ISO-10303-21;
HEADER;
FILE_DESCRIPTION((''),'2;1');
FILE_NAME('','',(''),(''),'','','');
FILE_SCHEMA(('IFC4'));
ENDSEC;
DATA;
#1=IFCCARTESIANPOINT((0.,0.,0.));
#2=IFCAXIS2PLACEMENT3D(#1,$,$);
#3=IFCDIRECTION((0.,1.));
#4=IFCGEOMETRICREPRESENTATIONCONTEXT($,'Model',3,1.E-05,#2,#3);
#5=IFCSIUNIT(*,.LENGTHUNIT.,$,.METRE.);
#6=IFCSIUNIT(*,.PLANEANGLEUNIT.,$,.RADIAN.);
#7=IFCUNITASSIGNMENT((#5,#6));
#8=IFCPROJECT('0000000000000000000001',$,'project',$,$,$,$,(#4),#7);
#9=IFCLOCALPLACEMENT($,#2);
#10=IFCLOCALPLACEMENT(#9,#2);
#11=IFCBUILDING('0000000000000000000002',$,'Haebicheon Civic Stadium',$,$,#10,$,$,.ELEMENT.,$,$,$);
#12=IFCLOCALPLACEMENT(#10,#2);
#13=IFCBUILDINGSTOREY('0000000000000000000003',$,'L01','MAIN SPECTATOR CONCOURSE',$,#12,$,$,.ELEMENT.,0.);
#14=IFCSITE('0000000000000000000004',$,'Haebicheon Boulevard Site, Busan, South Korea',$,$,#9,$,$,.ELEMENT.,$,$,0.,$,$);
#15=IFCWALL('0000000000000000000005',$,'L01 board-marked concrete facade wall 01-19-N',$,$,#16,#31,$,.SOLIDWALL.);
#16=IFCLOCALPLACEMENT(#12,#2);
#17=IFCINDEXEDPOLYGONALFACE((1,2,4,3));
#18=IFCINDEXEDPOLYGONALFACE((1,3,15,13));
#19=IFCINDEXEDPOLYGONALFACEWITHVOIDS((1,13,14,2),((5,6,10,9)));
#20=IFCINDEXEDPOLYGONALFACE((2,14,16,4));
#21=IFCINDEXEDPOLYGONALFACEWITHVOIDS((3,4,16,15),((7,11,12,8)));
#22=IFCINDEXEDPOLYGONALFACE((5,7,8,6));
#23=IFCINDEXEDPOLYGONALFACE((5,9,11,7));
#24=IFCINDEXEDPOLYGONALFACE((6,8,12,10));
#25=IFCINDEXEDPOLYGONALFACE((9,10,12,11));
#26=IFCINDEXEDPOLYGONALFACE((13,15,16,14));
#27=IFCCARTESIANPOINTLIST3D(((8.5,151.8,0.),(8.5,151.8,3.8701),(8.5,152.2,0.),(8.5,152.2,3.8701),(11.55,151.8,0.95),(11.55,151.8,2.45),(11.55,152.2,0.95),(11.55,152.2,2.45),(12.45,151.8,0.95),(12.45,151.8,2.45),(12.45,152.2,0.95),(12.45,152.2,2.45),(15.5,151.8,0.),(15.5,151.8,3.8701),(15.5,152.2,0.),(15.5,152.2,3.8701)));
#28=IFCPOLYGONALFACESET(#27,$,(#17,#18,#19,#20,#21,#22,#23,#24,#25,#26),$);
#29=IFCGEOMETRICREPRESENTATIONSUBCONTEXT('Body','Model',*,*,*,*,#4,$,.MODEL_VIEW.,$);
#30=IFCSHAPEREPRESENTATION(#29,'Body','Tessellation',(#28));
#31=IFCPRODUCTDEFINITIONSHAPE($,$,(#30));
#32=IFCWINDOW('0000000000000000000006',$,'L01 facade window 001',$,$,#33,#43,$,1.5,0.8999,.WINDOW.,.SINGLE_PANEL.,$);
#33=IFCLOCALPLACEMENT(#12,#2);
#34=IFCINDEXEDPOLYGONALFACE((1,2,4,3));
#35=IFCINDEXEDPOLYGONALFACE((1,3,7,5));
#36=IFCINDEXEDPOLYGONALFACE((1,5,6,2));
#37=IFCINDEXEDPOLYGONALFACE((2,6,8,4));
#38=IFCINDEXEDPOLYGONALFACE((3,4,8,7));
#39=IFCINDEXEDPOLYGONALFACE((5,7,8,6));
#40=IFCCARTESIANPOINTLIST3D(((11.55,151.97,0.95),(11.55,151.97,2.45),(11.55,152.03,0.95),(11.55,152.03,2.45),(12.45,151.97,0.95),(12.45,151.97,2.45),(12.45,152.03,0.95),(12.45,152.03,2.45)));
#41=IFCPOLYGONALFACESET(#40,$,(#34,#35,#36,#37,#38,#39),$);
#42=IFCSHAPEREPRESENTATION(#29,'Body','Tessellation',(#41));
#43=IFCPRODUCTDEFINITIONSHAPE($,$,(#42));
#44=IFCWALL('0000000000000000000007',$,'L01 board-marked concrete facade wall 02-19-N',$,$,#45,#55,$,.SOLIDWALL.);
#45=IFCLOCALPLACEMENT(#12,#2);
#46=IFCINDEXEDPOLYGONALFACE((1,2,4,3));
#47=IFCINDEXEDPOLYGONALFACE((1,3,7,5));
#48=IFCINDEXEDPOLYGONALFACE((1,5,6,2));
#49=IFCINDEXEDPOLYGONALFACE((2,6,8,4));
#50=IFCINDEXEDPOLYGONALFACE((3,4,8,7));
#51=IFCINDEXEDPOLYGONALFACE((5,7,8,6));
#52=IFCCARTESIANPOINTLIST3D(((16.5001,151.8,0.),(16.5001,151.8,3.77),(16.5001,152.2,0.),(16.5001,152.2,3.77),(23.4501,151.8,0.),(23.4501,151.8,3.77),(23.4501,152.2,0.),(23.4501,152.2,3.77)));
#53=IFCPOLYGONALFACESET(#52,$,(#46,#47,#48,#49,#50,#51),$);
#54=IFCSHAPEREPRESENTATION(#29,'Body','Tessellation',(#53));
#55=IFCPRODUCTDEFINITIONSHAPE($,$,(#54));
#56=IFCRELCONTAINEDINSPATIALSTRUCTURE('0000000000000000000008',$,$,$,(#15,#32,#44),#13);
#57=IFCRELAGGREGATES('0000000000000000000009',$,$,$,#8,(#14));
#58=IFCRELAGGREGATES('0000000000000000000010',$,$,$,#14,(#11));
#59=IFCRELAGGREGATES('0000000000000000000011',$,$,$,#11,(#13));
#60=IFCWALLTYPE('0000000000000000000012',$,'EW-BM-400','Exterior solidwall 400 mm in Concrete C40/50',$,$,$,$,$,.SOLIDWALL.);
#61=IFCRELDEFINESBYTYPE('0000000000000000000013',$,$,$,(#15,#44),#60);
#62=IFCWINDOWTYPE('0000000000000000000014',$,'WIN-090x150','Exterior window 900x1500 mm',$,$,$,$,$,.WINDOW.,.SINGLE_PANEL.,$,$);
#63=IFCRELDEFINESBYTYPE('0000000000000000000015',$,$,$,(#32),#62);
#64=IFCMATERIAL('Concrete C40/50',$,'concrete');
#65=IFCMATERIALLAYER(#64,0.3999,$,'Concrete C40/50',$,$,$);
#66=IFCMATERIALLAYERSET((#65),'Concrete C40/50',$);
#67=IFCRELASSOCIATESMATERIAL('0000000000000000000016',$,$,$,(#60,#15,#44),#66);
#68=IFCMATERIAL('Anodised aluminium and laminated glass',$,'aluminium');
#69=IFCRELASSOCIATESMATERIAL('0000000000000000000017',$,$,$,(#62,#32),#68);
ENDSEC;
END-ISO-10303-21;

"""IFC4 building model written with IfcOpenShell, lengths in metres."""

from ifc_helpers import new_model, si_unit, direction, frame, frame_2d, origin, place, context, subcontext, project, spatial, rectangle, extrude, material, layer, layer_set, type_object, element, fill, save


model = new_model("IFC4")

# Units and contexts
model_context = context("Model", 3, precision=1e-05, world=origin(), true_north=direction((0.0, 1.0)))
body_context = subcontext(model_context, "Body", "Model", "MODEL_VIEW")
ifc_project = project(units=[si_unit("LENGTHUNIT", "METRE"), si_unit("PLANEANGLEUNIT", "RADIAN")], contexts=[model_context])

# Site, building, storey
site_placement = place(None, origin())
site = spatial("IfcSite", under=ifc_project, at=site_placement, Name="Haebicheon Boulevard Site, Busan, South Korea", CompositionType="ELEMENT", RefElevation=0.0)
building_placement = place(site_placement, origin())
building = spatial("IfcBuilding", under=site, at=building_placement, Name="Haebicheon Civic Stadium", CompositionType="ELEMENT")
storey_placement = place(building_placement, origin())
storey = spatial("IfcBuildingStorey", under=building, at=storey_placement, Name="L01", Description="MAIN SPECTATOR CONCOURSE", CompositionType="ELEMENT", Elevation=0.0)

# Shared definitions
ifc_material_1 = material(Name="Concrete C40/50", Category="concrete")
ifc_layer_1 = layer(ifc_material_1, 0.3999, Name="Concrete C40/50")
ifc_layer_set_1 = layer_set([ifc_layer_1], Name="Concrete C40/50")
wall_type = type_object("IfcWallType", Name="EW-BM-400", Description="Exterior solidwall 400 mm in Concrete C40/50", PredefinedType="SOLIDWALL", material=ifc_layer_set_1)

# Wall, opening, window
wall_1_placement = place(storey_placement, frame((8.5, 152.0, 0.0), z_axis=(0.0, 0.0, 1.0), x_axis=(1.0, 0.0, 0.0)))
wall_1 = element("IfcWall", 1, at=wall_1_placement, inside=storey, type_object=wall_type, material=ifc_layer_set_1, Name="L01 board-marked concrete facade wall 01-19-N", PredefinedType="SOLIDWALL", context=body_context, shape_type="SweptSolid", body=[
    extrude(rectangle(XDim=7.0, YDim=0.3999, at=frame_2d((3.5, 0.0))), origin(), (0.0, 0.0, 1.0), 3.8701),
])
opening_placement = place(wall_1_placement, frame((3.05, 0.0, 0.95)))
opening = element("IfcOpeningElement", 2, at=opening_placement, cuts=wall_1, PredefinedType="OPENING", context=body_context, shape_type="SweptSolid", body=[
    extrude(rectangle(XDim=0.8999, YDim=1.5, at=frame_2d((0.45, 0.75))), frame((0.0, 0.21, 0.0), z_axis=(0.0, -1.0, 0.0), x_axis=(1.0, 0.0, 0.0)), (0.0, 0.0, 1.0), 0.4199),
])
ifc_material_2 = material(Name="Anodised aluminium and laminated glass", Category="aluminium")
window_type = type_object("IfcWindowType", Name="WIN-090x150", Description="Exterior window 900x1500 mm", PartitioningType="SINGLE_PANEL", PredefinedType="WINDOW", material=ifc_material_2)
window_placement = place(opening_placement, origin())
window = element("IfcWindow", 3, at=window_placement, inside=storey, type_object=window_type, material=ifc_material_2, Name="L01 facade window 001", OverallHeight=1.5, OverallWidth=0.8999, PartitioningType="SINGLE_PANEL", PredefinedType="WINDOW", context=body_context, shape_type="SweptSolid", body=[
    extrude(rectangle(XDim=0.8999, YDim=1.5, at=frame_2d((0.45, 0.75))), frame((0.0, 0.03, 0.0), z_axis=(0.0, -1.0, 0.0), x_axis=(1.0, 0.0, 0.0)), (0.0, 0.0, 1.0), 0.0601),
])
fill(opening, window)

# Wall
wall_2_placement = place(storey_placement, frame((16.5, 152.0, 0.0), z_axis=(0.0, 0.0, 1.0), x_axis=(1.0, 0.0, 0.0)))
element("IfcWall", 4, at=wall_2_placement, inside=storey, type_object=wall_type, material=ifc_layer_set_1, Name="L01 board-marked concrete facade wall 02-19-N", PredefinedType="SOLIDWALL", context=body_context, shape_type="SweptSolid", body=[
    extrude(rectangle(XDim=6.95, YDim=0.3999, at=frame_2d((3.4751, 0.0))), origin(), (0.0, 0.0, 1.0), 3.77),
])

save(model, "model.ifc")
